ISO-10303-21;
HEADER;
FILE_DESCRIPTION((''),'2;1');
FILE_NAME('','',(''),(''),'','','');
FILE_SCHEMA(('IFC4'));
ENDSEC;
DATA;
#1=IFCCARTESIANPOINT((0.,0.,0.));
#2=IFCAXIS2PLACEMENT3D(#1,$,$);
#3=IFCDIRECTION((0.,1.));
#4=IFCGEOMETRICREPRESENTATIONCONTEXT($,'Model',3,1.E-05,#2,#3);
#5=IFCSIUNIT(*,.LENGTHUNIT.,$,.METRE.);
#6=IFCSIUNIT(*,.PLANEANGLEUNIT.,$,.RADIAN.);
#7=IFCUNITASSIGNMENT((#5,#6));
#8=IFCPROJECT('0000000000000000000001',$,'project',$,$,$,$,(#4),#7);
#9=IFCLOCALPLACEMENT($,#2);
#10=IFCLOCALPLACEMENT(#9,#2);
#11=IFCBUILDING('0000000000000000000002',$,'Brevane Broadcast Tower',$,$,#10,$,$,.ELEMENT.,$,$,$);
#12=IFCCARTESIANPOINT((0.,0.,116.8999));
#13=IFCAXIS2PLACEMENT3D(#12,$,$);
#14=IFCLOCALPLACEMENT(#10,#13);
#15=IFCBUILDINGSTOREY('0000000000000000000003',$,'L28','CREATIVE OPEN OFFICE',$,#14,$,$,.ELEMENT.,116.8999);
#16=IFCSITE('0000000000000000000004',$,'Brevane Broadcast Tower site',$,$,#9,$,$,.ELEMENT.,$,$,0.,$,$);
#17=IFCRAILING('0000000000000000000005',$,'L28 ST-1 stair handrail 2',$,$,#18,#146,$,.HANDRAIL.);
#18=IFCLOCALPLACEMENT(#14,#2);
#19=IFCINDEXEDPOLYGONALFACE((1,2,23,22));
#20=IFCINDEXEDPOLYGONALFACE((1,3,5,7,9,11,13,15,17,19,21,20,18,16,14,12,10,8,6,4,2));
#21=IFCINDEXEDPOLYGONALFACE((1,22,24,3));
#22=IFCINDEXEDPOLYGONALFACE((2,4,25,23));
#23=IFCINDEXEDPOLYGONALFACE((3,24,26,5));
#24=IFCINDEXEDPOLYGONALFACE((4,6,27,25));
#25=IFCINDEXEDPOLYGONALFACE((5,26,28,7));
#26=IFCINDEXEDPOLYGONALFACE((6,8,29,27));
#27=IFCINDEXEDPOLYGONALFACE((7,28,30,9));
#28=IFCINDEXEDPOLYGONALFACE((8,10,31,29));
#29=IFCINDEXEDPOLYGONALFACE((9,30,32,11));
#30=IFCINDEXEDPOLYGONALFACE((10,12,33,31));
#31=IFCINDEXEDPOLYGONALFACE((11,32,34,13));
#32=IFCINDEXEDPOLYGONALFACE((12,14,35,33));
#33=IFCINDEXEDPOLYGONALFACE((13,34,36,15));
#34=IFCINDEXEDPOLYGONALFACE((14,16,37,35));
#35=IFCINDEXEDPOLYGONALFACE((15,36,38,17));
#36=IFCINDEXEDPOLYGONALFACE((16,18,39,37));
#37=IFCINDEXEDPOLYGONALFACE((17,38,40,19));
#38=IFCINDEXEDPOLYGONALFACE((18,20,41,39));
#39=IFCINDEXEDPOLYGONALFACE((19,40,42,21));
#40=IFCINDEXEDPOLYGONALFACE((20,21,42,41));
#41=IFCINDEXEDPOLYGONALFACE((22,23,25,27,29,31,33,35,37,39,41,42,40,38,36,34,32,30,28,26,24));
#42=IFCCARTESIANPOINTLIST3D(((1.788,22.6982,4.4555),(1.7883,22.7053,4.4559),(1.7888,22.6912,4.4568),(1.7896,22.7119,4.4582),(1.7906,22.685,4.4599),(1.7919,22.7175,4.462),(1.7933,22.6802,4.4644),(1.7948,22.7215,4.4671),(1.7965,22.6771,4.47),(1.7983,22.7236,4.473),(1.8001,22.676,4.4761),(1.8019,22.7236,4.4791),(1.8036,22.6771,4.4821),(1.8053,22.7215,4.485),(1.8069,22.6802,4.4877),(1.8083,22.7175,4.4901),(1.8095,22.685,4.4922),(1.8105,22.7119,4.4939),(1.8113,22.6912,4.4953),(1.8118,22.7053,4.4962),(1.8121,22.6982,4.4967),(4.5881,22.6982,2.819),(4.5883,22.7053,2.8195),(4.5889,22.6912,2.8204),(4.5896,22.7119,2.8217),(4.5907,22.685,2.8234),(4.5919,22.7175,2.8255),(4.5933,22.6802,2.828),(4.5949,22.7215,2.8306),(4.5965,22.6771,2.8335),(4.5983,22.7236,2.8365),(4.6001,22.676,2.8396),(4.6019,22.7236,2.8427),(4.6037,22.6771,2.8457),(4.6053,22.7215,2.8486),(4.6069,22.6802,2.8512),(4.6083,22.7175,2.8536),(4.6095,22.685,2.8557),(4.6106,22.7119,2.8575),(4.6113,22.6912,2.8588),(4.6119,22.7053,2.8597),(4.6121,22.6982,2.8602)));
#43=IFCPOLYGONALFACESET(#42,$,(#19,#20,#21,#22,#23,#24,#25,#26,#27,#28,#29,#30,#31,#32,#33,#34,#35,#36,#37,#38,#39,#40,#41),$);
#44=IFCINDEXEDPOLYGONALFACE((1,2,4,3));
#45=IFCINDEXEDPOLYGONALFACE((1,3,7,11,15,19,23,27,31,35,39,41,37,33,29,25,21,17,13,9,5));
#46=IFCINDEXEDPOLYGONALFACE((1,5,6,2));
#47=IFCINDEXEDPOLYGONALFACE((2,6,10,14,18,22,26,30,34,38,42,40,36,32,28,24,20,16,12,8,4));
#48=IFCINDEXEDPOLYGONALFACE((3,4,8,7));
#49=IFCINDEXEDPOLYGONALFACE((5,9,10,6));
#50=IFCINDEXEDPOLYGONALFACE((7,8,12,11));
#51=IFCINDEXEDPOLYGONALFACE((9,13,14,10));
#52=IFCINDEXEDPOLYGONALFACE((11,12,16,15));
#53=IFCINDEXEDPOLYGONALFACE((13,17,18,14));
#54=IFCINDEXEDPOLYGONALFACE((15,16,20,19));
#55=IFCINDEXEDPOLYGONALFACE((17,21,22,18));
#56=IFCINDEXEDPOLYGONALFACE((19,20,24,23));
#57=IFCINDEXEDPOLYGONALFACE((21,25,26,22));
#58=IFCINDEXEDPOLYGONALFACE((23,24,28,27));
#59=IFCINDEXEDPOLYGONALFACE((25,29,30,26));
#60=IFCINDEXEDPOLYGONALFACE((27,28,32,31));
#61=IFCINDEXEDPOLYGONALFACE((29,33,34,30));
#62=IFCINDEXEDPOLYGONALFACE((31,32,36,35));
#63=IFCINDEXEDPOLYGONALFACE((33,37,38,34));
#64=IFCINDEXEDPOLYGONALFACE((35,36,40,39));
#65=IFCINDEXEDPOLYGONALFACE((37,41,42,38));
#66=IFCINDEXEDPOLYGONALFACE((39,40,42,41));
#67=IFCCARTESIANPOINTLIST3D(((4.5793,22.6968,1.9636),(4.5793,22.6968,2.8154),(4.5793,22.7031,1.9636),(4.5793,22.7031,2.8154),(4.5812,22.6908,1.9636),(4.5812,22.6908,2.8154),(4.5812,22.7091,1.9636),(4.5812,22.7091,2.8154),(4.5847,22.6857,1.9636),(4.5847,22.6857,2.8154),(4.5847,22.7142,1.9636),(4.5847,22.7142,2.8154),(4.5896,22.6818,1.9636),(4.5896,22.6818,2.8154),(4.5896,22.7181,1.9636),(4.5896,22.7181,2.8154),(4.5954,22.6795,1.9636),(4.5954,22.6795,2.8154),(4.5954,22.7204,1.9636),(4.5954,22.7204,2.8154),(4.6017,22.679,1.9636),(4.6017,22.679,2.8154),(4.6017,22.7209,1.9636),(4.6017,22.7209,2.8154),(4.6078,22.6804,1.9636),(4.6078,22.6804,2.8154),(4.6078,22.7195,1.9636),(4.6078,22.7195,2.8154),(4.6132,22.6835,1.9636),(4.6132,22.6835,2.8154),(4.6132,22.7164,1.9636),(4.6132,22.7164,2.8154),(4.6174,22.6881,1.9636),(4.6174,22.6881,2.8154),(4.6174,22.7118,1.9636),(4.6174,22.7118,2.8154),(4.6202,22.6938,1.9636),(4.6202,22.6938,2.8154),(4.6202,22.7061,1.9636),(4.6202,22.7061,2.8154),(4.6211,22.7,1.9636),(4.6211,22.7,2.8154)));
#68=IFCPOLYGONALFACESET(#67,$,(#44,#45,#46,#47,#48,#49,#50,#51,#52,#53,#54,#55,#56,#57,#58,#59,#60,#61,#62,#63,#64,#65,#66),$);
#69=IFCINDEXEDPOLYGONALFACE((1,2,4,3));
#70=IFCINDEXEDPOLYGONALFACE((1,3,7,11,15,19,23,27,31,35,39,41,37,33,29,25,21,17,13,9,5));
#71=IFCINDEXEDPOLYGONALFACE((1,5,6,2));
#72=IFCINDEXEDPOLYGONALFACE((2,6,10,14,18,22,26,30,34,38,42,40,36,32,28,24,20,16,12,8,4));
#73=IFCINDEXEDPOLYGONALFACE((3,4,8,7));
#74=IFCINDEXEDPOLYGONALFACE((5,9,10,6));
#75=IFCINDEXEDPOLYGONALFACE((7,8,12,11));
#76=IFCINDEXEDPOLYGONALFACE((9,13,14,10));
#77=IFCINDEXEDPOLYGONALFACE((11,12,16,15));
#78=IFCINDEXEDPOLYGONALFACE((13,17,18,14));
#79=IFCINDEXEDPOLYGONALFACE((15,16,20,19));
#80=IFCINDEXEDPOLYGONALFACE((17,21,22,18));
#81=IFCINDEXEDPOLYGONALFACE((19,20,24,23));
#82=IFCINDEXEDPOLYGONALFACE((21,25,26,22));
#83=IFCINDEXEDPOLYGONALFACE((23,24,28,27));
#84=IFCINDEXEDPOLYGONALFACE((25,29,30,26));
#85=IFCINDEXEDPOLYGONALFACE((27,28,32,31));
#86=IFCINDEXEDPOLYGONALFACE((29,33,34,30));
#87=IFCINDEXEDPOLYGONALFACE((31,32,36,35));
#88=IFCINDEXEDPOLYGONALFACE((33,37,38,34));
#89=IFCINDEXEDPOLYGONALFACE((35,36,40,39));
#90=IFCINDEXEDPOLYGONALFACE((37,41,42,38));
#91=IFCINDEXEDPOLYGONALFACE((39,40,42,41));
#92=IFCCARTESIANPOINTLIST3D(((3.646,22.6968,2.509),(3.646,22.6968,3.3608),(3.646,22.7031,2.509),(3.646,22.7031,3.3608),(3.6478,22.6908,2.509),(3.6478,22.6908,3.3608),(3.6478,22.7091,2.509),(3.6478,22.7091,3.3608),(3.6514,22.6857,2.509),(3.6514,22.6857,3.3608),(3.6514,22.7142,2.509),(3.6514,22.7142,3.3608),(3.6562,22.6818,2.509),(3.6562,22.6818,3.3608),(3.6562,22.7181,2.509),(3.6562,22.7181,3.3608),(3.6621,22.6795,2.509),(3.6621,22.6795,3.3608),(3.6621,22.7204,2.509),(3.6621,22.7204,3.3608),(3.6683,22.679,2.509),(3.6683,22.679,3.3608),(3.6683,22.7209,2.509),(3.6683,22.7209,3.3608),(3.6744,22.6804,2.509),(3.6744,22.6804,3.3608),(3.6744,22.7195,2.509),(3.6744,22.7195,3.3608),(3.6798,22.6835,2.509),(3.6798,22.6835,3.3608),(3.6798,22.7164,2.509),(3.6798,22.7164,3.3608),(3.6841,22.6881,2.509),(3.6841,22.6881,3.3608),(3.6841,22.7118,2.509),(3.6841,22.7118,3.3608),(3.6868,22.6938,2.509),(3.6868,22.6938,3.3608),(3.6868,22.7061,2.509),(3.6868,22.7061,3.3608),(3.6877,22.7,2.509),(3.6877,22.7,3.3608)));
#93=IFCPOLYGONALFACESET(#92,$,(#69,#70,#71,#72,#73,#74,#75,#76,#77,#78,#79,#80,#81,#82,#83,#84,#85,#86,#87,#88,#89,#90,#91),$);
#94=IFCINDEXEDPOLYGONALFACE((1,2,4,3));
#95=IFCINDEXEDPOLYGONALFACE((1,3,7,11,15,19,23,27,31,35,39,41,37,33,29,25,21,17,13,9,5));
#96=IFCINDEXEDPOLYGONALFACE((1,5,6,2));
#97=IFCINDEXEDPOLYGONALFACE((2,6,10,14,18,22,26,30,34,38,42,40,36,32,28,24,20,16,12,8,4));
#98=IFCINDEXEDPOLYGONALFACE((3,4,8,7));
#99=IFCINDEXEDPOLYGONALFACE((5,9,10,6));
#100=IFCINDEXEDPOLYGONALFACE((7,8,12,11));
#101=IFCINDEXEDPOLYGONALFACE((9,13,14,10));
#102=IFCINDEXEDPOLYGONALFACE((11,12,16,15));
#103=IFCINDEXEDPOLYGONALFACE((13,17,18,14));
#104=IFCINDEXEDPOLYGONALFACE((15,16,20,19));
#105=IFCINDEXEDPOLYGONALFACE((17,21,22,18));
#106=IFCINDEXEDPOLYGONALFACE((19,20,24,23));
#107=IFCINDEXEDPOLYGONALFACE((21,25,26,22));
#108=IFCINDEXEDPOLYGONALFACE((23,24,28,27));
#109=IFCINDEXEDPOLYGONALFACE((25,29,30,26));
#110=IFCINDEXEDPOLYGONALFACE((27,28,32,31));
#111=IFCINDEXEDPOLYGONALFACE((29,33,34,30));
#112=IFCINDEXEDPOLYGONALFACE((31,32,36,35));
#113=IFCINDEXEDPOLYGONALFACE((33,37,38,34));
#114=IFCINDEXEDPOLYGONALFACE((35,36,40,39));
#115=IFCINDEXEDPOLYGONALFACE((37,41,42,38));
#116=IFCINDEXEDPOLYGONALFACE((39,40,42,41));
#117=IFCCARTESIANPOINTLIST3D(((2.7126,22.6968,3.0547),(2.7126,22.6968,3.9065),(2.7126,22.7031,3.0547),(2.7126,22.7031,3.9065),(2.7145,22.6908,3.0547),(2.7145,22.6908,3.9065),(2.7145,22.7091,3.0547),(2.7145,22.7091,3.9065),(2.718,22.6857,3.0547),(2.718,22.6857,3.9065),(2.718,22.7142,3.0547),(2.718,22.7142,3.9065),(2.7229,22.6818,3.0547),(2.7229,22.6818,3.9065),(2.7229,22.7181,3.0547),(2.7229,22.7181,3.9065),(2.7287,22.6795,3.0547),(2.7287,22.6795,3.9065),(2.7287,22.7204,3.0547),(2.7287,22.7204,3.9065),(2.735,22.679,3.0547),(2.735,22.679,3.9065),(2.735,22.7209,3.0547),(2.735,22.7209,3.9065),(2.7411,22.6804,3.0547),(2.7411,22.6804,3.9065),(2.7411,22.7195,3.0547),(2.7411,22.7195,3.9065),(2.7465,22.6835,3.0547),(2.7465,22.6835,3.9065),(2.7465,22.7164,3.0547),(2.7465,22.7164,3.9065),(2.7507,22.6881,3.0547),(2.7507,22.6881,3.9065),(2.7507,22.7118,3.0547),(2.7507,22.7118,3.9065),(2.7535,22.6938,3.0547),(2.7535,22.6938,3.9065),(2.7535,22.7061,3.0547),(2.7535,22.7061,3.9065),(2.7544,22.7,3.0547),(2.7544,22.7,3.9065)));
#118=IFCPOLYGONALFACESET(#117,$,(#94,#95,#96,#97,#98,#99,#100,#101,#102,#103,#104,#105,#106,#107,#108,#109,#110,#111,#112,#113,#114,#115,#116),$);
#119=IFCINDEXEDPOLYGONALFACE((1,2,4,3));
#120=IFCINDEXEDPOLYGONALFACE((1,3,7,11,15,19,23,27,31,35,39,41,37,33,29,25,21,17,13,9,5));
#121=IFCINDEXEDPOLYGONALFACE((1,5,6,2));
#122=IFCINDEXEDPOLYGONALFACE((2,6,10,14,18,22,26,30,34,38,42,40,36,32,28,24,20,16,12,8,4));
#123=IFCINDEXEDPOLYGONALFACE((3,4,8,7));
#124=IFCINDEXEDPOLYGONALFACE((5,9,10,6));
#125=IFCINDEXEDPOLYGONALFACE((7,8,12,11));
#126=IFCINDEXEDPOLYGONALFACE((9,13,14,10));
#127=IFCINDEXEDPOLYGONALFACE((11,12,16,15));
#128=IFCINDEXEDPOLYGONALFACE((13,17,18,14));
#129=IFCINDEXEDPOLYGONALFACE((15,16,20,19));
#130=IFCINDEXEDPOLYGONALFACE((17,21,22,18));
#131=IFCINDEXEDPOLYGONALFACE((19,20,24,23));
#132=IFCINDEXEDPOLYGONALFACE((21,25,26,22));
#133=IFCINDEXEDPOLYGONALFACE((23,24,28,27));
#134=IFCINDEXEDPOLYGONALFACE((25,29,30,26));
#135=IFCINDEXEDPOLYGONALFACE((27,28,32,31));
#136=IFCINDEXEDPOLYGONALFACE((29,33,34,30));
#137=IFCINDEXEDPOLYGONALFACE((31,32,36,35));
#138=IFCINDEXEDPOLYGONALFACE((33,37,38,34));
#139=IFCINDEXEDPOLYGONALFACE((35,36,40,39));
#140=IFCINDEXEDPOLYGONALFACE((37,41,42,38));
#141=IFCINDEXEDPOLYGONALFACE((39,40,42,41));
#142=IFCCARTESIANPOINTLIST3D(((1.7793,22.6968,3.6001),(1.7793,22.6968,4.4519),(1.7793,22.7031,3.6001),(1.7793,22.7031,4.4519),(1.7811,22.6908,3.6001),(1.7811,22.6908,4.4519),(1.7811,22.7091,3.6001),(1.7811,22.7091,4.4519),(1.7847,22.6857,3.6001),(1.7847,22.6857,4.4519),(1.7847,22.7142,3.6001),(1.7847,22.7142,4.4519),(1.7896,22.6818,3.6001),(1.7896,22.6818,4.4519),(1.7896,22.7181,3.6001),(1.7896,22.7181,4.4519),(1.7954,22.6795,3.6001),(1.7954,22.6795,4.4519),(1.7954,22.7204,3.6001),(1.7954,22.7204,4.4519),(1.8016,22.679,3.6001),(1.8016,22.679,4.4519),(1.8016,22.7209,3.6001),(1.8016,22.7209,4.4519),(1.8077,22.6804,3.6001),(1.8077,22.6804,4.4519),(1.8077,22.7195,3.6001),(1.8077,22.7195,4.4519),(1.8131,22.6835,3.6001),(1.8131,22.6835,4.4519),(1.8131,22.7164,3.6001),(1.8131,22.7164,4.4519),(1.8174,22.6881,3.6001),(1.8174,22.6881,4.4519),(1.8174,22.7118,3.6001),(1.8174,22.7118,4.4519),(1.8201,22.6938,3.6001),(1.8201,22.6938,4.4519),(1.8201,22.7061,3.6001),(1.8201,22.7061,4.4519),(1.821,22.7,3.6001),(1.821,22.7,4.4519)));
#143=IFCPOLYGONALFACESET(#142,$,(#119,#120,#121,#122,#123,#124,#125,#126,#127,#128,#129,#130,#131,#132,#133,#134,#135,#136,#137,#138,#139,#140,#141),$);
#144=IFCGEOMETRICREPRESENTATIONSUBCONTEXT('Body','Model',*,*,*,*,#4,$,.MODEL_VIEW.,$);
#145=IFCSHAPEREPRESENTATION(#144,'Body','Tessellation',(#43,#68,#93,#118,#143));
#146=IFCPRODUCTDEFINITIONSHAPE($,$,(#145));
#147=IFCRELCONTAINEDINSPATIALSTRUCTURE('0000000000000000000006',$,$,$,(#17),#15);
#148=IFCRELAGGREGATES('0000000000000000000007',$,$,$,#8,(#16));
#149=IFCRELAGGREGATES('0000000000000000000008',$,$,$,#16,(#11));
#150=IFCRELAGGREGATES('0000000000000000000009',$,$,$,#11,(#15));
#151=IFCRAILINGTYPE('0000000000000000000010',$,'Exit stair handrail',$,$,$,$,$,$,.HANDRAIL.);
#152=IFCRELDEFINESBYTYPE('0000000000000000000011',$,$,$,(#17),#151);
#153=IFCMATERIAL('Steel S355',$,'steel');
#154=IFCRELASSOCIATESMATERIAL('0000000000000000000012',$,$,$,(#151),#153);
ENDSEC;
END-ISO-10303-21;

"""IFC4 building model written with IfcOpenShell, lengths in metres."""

from ifc_helpers import new_model, si_unit, direction, frame, origin, origin_2d, place, context, subcontext, project, spatial, circle, extrude, material, type_object, element, save


model = new_model("IFC4")

# Units and contexts
model_context = context("Model", 3, precision=1e-05, world=origin(), true_north=direction((0.0, 1.0)))
body_context = subcontext(model_context, "Body", "Model", "MODEL_VIEW")
ifc_project = project(units=[si_unit("LENGTHUNIT", "METRE"), si_unit("PLANEANGLEUNIT", "RADIAN")], contexts=[model_context])

# Site, building, storey
site_placement = place(None, origin())
site = spatial("IfcSite", under=ifc_project, at=site_placement, Name="Brevane Broadcast Tower site", CompositionType="ELEMENT", RefElevation=0.0)
building_placement = place(site_placement, origin())
building = spatial("IfcBuilding", under=site, at=building_placement, Name="Brevane Broadcast Tower", CompositionType="ELEMENT")
storey_placement = place(building_placement, frame((0.0, 0.0, 116.8999)))
storey = spatial("IfcBuildingStorey", under=building, at=storey_placement, Name="L28", Description="CREATIVE OPEN OFFICE", CompositionType="ELEMENT", Elevation=116.8999)

# Railing
ifc_material_1 = material(Name="Steel S355", Category="steel")
railing_type_1 = type_object("IfcRailingType", Name="Exit stair handrail", PredefinedType="HANDRAIL", material=ifc_material_1)
railing_1_placement = place(storey_placement, frame((4.6001, 22.7, 1.9636)))
element("IfcRailing", 1, at=railing_1_placement, inside=storey, type_object=railing_type_1, Name="L28 ST-1 stair handrail 2", PredefinedType="HANDRAIL", context=body_context, shape_type="SweptSolid", body=[
    extrude(circle(Radius=0.0239, at=origin_2d()), frame((0.0, 0.0, 0.876), z_axis=(-0.863361, 0.0, 0.504587), x_axis=(0.0, -1.0, 0.0)), (0.0, 0.0, 1.0), 3.2432),
    extrude(circle(Radius=0.021, at=origin_2d()), origin(), (0.0, 0.0, 1.0), 0.8518),
    extrude(circle(Radius=0.021, at=origin_2d()), frame((-0.9333, 0.0, 0.5454)), (0.0, 0.0, 1.0), 0.8518),
    extrude(circle(Radius=0.021, at=origin_2d()), frame((-1.8667, 0.0, 1.0911)), (0.0, 0.0, 1.0), 0.8518),
    extrude(circle(Radius=0.021, at=origin_2d()), frame((-2.8, 0.0, 1.6365)), (0.0, 0.0, 1.0), 0.8518),
])

save(model, "model.ifc")
